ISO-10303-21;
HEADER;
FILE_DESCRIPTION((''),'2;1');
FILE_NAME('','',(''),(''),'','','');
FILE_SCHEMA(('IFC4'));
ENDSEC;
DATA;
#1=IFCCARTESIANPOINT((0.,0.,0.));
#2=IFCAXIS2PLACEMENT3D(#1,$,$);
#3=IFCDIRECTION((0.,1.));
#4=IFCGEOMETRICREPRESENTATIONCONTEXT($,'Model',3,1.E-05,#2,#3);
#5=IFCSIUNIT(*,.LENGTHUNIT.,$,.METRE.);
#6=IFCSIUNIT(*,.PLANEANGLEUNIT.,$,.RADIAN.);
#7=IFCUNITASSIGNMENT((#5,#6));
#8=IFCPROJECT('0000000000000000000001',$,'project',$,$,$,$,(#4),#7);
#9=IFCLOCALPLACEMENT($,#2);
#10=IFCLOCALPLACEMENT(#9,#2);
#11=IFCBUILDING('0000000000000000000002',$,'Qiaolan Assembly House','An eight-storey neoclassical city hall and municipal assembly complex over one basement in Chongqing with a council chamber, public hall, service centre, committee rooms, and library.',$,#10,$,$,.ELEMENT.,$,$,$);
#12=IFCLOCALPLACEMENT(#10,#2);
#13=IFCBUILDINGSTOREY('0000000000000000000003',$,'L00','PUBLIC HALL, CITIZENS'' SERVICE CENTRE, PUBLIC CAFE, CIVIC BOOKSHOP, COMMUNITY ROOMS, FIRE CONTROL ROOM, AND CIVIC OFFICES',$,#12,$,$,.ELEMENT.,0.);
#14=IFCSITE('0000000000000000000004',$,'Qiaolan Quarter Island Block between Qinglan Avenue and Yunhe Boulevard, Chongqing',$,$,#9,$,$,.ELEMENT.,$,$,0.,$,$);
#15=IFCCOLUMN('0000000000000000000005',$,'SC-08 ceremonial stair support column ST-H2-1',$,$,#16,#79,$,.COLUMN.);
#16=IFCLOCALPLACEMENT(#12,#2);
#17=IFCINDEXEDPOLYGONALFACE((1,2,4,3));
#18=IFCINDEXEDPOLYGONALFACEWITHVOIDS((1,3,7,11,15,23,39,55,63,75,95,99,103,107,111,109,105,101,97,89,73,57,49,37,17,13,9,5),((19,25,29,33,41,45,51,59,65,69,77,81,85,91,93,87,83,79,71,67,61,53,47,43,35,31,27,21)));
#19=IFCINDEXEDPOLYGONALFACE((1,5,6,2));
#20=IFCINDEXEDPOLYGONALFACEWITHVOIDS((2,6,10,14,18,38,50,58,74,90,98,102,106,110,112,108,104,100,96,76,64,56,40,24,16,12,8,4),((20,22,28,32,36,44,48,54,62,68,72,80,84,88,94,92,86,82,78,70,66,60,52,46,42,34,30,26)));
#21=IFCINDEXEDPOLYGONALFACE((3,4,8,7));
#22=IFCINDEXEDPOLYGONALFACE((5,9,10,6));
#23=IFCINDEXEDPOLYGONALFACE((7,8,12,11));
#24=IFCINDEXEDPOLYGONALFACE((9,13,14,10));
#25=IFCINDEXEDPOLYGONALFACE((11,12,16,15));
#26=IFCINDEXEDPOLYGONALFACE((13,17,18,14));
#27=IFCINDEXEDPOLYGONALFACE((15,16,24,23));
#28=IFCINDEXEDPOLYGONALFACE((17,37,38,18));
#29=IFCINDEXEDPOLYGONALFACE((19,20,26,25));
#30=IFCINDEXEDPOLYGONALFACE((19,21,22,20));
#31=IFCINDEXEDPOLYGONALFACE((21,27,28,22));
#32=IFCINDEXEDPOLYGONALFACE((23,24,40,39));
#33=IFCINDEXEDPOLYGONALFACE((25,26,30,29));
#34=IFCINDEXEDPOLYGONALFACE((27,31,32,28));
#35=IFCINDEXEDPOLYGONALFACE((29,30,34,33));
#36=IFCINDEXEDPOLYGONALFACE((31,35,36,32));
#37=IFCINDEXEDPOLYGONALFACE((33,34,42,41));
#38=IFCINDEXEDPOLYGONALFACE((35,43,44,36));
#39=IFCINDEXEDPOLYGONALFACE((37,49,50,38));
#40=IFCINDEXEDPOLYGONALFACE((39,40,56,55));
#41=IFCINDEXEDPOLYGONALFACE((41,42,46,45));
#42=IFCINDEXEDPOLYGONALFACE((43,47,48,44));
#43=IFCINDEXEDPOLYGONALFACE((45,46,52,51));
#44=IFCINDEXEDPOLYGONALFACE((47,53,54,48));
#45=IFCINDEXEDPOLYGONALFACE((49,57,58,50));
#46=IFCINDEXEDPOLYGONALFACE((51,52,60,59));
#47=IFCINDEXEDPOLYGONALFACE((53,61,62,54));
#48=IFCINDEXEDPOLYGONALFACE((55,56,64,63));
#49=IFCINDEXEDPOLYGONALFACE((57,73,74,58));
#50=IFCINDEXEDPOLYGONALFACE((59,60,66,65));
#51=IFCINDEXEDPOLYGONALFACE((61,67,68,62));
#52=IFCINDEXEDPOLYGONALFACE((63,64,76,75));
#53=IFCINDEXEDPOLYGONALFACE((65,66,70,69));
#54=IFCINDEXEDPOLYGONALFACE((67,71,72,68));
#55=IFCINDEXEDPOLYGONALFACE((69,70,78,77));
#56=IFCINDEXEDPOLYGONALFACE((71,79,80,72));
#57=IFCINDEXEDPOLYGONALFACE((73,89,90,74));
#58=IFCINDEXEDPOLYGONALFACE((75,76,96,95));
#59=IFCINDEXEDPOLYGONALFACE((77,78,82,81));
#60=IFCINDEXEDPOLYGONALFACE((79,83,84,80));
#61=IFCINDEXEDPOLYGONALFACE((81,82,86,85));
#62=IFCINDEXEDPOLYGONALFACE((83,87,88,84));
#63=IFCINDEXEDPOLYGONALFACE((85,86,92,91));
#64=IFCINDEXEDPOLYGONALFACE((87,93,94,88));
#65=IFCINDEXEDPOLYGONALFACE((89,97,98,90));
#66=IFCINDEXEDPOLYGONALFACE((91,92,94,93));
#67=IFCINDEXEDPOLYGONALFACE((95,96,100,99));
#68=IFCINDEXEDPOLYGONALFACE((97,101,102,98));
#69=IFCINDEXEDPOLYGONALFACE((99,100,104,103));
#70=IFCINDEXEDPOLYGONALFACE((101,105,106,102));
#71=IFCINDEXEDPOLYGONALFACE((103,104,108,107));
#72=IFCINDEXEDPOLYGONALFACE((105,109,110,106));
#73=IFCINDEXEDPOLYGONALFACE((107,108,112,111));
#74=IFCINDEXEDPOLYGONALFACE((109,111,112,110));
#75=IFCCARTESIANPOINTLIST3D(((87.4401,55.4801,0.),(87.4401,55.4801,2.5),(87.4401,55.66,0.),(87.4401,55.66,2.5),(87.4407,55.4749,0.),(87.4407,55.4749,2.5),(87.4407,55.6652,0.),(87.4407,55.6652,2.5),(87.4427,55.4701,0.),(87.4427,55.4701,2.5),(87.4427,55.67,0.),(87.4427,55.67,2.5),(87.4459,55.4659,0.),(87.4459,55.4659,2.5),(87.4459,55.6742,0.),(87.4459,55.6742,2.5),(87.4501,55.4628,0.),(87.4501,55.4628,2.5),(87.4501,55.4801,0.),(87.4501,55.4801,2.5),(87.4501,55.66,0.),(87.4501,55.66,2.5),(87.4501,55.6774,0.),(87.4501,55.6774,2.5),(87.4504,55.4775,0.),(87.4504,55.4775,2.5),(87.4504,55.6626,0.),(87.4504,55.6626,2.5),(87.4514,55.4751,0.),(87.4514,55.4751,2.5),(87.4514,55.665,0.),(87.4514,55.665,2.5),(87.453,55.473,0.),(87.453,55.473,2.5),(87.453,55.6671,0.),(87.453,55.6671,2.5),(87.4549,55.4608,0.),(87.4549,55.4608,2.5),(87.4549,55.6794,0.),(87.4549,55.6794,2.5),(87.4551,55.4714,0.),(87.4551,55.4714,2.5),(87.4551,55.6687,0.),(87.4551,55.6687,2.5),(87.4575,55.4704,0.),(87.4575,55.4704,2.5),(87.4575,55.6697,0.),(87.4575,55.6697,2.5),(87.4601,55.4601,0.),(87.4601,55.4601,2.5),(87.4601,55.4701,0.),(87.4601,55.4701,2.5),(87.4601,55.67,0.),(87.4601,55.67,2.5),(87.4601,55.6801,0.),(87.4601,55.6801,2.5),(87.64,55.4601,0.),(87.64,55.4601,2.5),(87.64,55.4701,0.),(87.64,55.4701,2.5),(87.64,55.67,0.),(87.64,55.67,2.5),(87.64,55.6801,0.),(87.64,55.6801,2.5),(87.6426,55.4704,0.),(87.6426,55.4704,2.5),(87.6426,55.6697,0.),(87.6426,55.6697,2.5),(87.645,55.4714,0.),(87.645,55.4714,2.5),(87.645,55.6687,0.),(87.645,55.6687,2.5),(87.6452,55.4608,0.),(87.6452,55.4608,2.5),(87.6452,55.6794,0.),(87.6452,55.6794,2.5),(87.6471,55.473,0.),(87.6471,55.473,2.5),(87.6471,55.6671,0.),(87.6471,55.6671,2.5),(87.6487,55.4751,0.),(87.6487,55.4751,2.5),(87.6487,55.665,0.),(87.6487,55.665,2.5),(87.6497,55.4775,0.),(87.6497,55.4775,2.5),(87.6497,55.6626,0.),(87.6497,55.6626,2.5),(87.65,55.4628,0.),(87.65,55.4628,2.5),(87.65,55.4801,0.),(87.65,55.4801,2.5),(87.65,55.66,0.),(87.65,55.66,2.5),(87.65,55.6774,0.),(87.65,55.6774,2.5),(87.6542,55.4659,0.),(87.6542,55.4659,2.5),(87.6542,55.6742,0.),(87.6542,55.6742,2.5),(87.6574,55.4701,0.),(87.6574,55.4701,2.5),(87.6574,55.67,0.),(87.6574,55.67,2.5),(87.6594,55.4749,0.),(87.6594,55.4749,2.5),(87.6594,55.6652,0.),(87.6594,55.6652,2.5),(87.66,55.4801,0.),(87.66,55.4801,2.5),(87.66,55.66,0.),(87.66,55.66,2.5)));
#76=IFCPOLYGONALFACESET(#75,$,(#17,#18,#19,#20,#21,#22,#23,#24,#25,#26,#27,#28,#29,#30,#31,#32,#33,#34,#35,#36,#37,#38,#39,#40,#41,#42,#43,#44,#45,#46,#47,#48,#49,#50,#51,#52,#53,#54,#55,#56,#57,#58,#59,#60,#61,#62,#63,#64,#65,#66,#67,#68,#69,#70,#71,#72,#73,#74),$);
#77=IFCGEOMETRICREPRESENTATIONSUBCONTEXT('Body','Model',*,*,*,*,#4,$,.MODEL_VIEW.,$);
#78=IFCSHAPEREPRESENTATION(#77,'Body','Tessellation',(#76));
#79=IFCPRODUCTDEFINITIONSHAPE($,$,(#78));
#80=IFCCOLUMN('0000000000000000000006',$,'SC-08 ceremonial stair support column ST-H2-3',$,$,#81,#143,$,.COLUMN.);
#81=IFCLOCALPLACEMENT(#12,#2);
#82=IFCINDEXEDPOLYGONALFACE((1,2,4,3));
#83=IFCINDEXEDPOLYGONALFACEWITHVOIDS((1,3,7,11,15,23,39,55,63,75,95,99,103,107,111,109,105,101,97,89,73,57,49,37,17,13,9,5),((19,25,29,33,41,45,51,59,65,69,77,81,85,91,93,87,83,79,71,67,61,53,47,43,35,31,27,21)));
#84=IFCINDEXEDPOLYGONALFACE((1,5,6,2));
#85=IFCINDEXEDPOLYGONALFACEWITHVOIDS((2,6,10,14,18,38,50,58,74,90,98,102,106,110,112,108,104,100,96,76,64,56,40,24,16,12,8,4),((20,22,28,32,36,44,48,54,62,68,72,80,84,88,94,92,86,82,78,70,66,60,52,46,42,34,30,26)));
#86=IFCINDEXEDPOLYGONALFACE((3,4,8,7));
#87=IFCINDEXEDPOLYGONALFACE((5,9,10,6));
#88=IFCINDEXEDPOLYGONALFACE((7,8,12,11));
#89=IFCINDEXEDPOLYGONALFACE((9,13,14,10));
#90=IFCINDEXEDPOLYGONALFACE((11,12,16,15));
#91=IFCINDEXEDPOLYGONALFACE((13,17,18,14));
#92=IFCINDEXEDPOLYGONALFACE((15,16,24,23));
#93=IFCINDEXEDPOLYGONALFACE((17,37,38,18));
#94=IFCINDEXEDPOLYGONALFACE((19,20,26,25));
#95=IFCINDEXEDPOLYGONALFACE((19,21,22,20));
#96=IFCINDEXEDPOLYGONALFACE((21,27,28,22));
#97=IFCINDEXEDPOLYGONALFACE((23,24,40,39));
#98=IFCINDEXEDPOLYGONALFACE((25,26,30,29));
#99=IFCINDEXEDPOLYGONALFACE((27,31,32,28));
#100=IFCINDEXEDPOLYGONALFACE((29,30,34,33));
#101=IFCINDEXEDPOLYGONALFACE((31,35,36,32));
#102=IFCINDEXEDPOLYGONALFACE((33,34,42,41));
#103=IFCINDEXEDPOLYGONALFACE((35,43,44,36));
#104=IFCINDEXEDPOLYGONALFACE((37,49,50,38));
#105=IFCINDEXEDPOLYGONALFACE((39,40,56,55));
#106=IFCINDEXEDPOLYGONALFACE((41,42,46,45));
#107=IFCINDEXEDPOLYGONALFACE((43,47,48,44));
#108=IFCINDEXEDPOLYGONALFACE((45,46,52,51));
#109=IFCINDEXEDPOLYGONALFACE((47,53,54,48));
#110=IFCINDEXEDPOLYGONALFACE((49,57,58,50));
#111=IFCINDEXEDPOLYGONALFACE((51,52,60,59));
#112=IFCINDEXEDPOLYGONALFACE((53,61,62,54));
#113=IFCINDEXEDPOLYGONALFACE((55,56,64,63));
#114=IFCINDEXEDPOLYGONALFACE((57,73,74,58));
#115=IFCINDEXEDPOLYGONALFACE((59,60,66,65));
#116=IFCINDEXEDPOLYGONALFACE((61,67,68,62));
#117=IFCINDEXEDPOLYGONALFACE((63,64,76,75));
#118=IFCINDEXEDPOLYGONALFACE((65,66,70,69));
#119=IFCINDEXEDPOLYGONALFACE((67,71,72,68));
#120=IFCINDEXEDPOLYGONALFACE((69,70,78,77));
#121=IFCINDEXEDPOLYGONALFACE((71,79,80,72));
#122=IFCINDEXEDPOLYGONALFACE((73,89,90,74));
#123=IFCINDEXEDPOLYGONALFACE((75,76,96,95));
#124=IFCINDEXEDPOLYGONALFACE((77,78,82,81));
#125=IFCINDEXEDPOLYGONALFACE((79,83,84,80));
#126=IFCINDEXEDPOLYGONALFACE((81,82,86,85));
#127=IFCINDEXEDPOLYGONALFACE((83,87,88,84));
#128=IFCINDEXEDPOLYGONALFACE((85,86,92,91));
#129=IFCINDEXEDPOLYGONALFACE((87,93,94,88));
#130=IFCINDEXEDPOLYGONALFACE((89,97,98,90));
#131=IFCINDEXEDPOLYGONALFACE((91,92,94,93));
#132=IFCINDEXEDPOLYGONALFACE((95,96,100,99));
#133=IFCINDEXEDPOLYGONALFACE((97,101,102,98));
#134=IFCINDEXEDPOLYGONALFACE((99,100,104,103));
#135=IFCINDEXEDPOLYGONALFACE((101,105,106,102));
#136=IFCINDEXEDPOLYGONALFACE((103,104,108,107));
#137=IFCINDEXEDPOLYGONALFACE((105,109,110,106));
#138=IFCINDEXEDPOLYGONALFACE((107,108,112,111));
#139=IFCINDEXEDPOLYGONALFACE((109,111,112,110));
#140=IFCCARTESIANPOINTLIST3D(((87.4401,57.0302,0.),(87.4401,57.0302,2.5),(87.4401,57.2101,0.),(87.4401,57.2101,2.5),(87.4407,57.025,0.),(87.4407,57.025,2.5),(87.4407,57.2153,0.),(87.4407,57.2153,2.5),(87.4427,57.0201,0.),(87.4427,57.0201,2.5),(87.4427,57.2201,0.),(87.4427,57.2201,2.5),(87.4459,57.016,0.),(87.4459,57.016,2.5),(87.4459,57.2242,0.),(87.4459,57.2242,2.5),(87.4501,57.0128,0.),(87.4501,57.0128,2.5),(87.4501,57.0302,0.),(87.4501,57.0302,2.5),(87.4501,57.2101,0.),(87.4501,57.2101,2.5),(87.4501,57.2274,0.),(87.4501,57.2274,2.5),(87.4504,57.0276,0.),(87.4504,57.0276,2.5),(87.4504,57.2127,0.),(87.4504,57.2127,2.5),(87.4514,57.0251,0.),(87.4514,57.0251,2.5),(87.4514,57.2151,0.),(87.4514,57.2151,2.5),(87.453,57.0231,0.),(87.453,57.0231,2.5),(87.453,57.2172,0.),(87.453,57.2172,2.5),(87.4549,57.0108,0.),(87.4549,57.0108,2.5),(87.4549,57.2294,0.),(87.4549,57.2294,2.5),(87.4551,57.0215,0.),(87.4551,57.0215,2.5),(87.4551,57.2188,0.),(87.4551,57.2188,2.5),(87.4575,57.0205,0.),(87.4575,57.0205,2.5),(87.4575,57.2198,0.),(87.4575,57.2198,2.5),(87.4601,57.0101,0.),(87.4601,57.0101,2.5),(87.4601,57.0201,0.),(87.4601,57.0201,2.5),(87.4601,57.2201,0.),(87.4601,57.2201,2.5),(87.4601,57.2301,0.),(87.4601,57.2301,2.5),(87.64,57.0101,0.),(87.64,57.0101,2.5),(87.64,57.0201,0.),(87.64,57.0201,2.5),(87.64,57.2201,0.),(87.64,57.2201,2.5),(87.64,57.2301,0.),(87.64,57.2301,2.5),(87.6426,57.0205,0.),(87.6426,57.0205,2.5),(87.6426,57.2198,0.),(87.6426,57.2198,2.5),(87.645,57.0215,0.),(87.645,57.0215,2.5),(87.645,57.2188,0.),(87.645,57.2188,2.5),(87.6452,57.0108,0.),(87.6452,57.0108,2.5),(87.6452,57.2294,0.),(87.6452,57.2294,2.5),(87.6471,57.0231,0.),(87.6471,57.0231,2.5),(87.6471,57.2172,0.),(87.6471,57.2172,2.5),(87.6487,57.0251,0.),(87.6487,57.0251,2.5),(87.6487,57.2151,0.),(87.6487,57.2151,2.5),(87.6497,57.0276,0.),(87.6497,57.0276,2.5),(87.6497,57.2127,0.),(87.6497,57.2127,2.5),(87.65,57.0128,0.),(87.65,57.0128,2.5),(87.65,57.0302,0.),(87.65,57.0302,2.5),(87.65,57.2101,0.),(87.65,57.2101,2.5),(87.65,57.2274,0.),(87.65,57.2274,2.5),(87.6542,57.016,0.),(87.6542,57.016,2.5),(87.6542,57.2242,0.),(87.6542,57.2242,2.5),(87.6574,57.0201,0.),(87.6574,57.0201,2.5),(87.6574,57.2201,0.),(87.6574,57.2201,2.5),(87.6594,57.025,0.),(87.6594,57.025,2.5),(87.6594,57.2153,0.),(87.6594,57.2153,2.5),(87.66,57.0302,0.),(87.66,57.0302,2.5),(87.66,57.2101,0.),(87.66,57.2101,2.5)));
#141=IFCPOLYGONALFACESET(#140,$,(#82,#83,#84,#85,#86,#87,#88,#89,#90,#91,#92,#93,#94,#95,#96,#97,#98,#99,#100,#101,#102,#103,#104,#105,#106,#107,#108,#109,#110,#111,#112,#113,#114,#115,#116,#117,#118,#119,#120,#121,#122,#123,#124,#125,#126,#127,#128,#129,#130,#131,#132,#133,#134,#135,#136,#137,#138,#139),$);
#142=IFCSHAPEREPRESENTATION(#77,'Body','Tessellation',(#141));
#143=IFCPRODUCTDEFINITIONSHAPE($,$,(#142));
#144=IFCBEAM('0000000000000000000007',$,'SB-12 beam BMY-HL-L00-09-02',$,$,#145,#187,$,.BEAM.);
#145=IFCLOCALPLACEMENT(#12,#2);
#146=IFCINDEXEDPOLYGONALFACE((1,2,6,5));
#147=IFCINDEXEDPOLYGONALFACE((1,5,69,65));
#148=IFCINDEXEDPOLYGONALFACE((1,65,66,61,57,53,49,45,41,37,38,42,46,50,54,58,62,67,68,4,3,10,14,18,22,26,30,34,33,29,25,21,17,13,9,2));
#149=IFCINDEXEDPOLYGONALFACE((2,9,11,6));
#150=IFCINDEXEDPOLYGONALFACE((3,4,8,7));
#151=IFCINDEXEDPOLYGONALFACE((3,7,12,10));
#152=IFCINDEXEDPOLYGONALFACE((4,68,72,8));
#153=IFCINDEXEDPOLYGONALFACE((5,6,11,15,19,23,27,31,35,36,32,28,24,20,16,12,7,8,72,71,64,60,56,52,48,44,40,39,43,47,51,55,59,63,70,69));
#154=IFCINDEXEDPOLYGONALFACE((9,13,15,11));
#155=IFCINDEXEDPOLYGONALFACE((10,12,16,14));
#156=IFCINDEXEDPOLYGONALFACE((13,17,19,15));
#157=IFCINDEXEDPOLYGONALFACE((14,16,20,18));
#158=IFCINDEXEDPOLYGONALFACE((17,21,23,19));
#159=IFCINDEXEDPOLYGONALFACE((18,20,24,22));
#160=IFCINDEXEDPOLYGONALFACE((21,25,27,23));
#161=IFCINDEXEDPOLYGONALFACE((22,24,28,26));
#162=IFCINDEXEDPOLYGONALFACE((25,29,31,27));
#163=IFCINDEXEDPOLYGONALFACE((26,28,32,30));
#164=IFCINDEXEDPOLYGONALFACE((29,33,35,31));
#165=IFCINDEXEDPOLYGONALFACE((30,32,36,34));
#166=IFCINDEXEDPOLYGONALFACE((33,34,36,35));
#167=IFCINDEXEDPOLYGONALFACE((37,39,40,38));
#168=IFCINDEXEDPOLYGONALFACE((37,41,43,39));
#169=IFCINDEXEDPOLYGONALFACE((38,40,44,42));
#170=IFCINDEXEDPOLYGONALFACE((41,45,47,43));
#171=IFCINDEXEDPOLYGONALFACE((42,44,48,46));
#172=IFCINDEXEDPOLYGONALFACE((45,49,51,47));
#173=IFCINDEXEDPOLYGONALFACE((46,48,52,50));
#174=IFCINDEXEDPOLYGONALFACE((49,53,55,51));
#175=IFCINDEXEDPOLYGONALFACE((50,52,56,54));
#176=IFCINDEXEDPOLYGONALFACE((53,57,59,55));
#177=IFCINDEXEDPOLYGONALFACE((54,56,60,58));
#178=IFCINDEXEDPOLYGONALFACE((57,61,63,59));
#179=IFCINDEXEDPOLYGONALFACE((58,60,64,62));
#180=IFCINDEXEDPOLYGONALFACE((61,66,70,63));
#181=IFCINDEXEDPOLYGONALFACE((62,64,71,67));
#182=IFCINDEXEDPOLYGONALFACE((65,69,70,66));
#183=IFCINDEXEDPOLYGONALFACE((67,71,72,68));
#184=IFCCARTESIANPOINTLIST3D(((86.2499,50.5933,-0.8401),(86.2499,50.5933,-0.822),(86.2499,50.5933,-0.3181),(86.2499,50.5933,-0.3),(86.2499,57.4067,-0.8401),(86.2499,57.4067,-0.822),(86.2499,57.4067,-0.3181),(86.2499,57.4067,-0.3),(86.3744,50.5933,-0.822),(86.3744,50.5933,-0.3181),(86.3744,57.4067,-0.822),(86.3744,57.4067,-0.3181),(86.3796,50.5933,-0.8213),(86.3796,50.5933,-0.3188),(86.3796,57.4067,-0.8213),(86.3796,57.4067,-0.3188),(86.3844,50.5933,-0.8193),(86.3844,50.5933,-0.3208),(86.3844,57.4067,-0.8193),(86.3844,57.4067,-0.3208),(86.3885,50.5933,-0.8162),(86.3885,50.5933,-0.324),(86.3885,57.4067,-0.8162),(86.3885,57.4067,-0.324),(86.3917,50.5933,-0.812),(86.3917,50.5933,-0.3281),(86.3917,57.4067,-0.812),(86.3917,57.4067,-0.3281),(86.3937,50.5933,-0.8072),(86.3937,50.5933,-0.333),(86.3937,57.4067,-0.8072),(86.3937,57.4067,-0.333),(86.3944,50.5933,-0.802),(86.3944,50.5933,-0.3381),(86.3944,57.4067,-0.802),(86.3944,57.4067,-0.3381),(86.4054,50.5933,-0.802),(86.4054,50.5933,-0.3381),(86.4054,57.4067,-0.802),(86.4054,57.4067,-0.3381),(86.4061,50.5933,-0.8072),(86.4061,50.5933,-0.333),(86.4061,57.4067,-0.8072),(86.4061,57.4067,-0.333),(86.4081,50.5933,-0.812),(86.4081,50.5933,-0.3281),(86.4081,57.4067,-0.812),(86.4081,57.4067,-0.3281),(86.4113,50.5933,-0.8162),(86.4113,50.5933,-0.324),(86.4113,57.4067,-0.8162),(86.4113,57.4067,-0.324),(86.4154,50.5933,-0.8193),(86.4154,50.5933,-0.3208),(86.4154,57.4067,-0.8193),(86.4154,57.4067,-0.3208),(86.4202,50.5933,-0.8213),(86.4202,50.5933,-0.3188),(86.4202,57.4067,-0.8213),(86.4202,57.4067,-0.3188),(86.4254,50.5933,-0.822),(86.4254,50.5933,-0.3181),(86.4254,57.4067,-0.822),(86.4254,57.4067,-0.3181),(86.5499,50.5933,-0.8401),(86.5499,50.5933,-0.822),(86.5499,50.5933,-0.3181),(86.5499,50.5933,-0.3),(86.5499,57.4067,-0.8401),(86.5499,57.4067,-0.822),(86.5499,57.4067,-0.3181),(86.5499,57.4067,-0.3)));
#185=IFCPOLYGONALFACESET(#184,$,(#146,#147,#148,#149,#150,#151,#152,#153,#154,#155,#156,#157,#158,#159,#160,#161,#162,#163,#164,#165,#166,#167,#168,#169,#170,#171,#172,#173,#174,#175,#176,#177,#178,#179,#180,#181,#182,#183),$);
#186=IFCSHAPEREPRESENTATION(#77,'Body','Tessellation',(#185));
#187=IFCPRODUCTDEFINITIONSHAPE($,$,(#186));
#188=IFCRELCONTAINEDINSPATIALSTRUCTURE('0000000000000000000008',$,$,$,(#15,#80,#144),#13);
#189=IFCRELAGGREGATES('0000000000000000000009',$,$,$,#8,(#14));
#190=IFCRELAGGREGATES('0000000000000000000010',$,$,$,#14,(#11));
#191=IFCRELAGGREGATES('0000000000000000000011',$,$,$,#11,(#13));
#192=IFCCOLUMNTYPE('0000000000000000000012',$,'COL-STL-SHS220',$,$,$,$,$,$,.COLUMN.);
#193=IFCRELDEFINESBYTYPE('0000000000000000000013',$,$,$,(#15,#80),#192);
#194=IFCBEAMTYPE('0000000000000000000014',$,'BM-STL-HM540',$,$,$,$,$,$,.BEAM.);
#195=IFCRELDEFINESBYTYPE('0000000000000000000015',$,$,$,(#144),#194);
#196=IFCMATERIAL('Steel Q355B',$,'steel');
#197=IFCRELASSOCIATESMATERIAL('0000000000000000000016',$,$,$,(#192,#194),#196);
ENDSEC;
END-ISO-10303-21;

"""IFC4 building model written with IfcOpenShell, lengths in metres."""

from ifc_helpers import new_model, si_unit, direction, frame, origin, origin_2d, place, context, subcontext, project, spatial, hollow_rectangle, i_section, extrude, material, material_profile, profile_set, type_object, element, save


model = new_model("IFC4")

# Units and contexts
model_context = context("Model", 3, precision=1e-05, world=origin(), true_north=direction((0.0, 1.0)))
body_context = subcontext(model_context, "Body", "Model", "MODEL_VIEW")
ifc_project = project(units=[si_unit("LENGTHUNIT", "METRE"), si_unit("PLANEANGLEUNIT", "RADIAN")], contexts=[model_context])

# Site, building, storey
site_placement = place(None, origin())
site = spatial("IfcSite", under=ifc_project, at=site_placement, Name="Qiaolan Quarter Island Block between Qinglan Avenue and Yunhe Boulevard, Chongqing", CompositionType="ELEMENT", RefElevation=0.0)
building_placement = place(site_placement, origin())
building = spatial("IfcBuilding", under=site, at=building_placement, Name="Qiaolan Assembly House", Description="An eight-storey neoclassical city hall and municipal assembly complex over one basement in Chongqing with a council chamber, public hall, service centre, committee rooms, and library.", CompositionType="ELEMENT")
storey_placement = place(building_placement, origin())
storey = spatial("IfcBuildingStorey", under=building, at=storey_placement, Name="L00", Description="PUBLIC HALL, CITIZENS' SERVICE CENTRE, PUBLIC CAFE, CIVIC BOOKSHOP, COMMUNITY ROOMS, FIRE CONTROL ROOM, AND CIVIC OFFICES", CompositionType="ELEMENT", Elevation=0.0)

# Columns
ifc_material_1 = material(Name="Steel Q355B", Category="steel")
ifc_material_profile_1 = material_profile(ifc_material_1, hollow_rectangle(XDim=0.22, YDim=0.22, WallThickness=0.01, InnerFilletRadius=0.01, OuterFilletRadius=0.02, at=origin_2d()), Name="SHS 220x220x10")
ifc_profile_set_1 = profile_set([ifc_material_profile_1], Name="Steel Q355B")
column_type_1 = type_object("IfcColumnType", Name="COL-STL-SHS220", PredefinedType="COLUMN", material=ifc_profile_set_1)
for number, where, z_axis, x_axis, name in (
    (1, (87.55, 55.5701, 0.0), (0.0, 0.0, 1.0), (1.0, 0.0, 0.0), "SC-08 ceremonial stair support column ST-H2-1"),
    (2, (87.55, 57.1201, 0.0), (0.0, 0.0, 1.0), (1.0, 0.0, 0.0), "SC-08 ceremonial stair support column ST-H2-3"),
):
    element("IfcColumn", number, at=place(storey_placement, frame(where, z_axis=z_axis, x_axis=x_axis)), inside=storey, type_object=column_type_1, Name=name, PredefinedType="COLUMN", context=body_context, shape_type="SweptSolid", body=[
        extrude(hollow_rectangle(XDim=0.22, YDim=0.22, WallThickness=0.01, InnerFilletRadius=0.01, OuterFilletRadius=0.02, at=origin_2d()), origin(), (0.0, 0.0, 1.0), 2.5),
    ])

# Beam
ifc_material_profile_2 = material_profile(ifc_material_1, i_section(OverallWidth=0.3, OverallDepth=0.54, WebThickness=0.011, FlangeThickness=0.0181, FilletRadius=0.02, at=origin_2d()), Name="HM 540x300x11x18")
ifc_profile_set_2 = profile_set([ifc_material_profile_2], Name="Steel Q355B")
beam_type_1 = type_object("IfcBeamType", Name="BM-STL-HM540", PredefinedType="BEAM", material=ifc_profile_set_2)
for number, where, z_axis, x_axis, name in (
    (3, (86.3999, 50.5933, -0.5701), (0.0, 1.0, 0.0), (-1.0, 0.0, 0.0), "SB-12 beam BMY-HL-L00-09-02"),
):
    element("IfcBeam", number, at=place(storey_placement, frame(where, z_axis=z_axis, x_axis=x_axis)), inside=storey, type_object=beam_type_1, Name=name, PredefinedType="BEAM", context=body_context, shape_type="SweptSolid", body=[
        extrude(i_section(OverallWidth=0.3, OverallDepth=0.54, WebThickness=0.011, FlangeThickness=0.0181, FilletRadius=0.02, at=origin_2d()), origin(), (0.0, 0.0, 1.0), 6.8135),
    ])

save(model, "model.ifc")
